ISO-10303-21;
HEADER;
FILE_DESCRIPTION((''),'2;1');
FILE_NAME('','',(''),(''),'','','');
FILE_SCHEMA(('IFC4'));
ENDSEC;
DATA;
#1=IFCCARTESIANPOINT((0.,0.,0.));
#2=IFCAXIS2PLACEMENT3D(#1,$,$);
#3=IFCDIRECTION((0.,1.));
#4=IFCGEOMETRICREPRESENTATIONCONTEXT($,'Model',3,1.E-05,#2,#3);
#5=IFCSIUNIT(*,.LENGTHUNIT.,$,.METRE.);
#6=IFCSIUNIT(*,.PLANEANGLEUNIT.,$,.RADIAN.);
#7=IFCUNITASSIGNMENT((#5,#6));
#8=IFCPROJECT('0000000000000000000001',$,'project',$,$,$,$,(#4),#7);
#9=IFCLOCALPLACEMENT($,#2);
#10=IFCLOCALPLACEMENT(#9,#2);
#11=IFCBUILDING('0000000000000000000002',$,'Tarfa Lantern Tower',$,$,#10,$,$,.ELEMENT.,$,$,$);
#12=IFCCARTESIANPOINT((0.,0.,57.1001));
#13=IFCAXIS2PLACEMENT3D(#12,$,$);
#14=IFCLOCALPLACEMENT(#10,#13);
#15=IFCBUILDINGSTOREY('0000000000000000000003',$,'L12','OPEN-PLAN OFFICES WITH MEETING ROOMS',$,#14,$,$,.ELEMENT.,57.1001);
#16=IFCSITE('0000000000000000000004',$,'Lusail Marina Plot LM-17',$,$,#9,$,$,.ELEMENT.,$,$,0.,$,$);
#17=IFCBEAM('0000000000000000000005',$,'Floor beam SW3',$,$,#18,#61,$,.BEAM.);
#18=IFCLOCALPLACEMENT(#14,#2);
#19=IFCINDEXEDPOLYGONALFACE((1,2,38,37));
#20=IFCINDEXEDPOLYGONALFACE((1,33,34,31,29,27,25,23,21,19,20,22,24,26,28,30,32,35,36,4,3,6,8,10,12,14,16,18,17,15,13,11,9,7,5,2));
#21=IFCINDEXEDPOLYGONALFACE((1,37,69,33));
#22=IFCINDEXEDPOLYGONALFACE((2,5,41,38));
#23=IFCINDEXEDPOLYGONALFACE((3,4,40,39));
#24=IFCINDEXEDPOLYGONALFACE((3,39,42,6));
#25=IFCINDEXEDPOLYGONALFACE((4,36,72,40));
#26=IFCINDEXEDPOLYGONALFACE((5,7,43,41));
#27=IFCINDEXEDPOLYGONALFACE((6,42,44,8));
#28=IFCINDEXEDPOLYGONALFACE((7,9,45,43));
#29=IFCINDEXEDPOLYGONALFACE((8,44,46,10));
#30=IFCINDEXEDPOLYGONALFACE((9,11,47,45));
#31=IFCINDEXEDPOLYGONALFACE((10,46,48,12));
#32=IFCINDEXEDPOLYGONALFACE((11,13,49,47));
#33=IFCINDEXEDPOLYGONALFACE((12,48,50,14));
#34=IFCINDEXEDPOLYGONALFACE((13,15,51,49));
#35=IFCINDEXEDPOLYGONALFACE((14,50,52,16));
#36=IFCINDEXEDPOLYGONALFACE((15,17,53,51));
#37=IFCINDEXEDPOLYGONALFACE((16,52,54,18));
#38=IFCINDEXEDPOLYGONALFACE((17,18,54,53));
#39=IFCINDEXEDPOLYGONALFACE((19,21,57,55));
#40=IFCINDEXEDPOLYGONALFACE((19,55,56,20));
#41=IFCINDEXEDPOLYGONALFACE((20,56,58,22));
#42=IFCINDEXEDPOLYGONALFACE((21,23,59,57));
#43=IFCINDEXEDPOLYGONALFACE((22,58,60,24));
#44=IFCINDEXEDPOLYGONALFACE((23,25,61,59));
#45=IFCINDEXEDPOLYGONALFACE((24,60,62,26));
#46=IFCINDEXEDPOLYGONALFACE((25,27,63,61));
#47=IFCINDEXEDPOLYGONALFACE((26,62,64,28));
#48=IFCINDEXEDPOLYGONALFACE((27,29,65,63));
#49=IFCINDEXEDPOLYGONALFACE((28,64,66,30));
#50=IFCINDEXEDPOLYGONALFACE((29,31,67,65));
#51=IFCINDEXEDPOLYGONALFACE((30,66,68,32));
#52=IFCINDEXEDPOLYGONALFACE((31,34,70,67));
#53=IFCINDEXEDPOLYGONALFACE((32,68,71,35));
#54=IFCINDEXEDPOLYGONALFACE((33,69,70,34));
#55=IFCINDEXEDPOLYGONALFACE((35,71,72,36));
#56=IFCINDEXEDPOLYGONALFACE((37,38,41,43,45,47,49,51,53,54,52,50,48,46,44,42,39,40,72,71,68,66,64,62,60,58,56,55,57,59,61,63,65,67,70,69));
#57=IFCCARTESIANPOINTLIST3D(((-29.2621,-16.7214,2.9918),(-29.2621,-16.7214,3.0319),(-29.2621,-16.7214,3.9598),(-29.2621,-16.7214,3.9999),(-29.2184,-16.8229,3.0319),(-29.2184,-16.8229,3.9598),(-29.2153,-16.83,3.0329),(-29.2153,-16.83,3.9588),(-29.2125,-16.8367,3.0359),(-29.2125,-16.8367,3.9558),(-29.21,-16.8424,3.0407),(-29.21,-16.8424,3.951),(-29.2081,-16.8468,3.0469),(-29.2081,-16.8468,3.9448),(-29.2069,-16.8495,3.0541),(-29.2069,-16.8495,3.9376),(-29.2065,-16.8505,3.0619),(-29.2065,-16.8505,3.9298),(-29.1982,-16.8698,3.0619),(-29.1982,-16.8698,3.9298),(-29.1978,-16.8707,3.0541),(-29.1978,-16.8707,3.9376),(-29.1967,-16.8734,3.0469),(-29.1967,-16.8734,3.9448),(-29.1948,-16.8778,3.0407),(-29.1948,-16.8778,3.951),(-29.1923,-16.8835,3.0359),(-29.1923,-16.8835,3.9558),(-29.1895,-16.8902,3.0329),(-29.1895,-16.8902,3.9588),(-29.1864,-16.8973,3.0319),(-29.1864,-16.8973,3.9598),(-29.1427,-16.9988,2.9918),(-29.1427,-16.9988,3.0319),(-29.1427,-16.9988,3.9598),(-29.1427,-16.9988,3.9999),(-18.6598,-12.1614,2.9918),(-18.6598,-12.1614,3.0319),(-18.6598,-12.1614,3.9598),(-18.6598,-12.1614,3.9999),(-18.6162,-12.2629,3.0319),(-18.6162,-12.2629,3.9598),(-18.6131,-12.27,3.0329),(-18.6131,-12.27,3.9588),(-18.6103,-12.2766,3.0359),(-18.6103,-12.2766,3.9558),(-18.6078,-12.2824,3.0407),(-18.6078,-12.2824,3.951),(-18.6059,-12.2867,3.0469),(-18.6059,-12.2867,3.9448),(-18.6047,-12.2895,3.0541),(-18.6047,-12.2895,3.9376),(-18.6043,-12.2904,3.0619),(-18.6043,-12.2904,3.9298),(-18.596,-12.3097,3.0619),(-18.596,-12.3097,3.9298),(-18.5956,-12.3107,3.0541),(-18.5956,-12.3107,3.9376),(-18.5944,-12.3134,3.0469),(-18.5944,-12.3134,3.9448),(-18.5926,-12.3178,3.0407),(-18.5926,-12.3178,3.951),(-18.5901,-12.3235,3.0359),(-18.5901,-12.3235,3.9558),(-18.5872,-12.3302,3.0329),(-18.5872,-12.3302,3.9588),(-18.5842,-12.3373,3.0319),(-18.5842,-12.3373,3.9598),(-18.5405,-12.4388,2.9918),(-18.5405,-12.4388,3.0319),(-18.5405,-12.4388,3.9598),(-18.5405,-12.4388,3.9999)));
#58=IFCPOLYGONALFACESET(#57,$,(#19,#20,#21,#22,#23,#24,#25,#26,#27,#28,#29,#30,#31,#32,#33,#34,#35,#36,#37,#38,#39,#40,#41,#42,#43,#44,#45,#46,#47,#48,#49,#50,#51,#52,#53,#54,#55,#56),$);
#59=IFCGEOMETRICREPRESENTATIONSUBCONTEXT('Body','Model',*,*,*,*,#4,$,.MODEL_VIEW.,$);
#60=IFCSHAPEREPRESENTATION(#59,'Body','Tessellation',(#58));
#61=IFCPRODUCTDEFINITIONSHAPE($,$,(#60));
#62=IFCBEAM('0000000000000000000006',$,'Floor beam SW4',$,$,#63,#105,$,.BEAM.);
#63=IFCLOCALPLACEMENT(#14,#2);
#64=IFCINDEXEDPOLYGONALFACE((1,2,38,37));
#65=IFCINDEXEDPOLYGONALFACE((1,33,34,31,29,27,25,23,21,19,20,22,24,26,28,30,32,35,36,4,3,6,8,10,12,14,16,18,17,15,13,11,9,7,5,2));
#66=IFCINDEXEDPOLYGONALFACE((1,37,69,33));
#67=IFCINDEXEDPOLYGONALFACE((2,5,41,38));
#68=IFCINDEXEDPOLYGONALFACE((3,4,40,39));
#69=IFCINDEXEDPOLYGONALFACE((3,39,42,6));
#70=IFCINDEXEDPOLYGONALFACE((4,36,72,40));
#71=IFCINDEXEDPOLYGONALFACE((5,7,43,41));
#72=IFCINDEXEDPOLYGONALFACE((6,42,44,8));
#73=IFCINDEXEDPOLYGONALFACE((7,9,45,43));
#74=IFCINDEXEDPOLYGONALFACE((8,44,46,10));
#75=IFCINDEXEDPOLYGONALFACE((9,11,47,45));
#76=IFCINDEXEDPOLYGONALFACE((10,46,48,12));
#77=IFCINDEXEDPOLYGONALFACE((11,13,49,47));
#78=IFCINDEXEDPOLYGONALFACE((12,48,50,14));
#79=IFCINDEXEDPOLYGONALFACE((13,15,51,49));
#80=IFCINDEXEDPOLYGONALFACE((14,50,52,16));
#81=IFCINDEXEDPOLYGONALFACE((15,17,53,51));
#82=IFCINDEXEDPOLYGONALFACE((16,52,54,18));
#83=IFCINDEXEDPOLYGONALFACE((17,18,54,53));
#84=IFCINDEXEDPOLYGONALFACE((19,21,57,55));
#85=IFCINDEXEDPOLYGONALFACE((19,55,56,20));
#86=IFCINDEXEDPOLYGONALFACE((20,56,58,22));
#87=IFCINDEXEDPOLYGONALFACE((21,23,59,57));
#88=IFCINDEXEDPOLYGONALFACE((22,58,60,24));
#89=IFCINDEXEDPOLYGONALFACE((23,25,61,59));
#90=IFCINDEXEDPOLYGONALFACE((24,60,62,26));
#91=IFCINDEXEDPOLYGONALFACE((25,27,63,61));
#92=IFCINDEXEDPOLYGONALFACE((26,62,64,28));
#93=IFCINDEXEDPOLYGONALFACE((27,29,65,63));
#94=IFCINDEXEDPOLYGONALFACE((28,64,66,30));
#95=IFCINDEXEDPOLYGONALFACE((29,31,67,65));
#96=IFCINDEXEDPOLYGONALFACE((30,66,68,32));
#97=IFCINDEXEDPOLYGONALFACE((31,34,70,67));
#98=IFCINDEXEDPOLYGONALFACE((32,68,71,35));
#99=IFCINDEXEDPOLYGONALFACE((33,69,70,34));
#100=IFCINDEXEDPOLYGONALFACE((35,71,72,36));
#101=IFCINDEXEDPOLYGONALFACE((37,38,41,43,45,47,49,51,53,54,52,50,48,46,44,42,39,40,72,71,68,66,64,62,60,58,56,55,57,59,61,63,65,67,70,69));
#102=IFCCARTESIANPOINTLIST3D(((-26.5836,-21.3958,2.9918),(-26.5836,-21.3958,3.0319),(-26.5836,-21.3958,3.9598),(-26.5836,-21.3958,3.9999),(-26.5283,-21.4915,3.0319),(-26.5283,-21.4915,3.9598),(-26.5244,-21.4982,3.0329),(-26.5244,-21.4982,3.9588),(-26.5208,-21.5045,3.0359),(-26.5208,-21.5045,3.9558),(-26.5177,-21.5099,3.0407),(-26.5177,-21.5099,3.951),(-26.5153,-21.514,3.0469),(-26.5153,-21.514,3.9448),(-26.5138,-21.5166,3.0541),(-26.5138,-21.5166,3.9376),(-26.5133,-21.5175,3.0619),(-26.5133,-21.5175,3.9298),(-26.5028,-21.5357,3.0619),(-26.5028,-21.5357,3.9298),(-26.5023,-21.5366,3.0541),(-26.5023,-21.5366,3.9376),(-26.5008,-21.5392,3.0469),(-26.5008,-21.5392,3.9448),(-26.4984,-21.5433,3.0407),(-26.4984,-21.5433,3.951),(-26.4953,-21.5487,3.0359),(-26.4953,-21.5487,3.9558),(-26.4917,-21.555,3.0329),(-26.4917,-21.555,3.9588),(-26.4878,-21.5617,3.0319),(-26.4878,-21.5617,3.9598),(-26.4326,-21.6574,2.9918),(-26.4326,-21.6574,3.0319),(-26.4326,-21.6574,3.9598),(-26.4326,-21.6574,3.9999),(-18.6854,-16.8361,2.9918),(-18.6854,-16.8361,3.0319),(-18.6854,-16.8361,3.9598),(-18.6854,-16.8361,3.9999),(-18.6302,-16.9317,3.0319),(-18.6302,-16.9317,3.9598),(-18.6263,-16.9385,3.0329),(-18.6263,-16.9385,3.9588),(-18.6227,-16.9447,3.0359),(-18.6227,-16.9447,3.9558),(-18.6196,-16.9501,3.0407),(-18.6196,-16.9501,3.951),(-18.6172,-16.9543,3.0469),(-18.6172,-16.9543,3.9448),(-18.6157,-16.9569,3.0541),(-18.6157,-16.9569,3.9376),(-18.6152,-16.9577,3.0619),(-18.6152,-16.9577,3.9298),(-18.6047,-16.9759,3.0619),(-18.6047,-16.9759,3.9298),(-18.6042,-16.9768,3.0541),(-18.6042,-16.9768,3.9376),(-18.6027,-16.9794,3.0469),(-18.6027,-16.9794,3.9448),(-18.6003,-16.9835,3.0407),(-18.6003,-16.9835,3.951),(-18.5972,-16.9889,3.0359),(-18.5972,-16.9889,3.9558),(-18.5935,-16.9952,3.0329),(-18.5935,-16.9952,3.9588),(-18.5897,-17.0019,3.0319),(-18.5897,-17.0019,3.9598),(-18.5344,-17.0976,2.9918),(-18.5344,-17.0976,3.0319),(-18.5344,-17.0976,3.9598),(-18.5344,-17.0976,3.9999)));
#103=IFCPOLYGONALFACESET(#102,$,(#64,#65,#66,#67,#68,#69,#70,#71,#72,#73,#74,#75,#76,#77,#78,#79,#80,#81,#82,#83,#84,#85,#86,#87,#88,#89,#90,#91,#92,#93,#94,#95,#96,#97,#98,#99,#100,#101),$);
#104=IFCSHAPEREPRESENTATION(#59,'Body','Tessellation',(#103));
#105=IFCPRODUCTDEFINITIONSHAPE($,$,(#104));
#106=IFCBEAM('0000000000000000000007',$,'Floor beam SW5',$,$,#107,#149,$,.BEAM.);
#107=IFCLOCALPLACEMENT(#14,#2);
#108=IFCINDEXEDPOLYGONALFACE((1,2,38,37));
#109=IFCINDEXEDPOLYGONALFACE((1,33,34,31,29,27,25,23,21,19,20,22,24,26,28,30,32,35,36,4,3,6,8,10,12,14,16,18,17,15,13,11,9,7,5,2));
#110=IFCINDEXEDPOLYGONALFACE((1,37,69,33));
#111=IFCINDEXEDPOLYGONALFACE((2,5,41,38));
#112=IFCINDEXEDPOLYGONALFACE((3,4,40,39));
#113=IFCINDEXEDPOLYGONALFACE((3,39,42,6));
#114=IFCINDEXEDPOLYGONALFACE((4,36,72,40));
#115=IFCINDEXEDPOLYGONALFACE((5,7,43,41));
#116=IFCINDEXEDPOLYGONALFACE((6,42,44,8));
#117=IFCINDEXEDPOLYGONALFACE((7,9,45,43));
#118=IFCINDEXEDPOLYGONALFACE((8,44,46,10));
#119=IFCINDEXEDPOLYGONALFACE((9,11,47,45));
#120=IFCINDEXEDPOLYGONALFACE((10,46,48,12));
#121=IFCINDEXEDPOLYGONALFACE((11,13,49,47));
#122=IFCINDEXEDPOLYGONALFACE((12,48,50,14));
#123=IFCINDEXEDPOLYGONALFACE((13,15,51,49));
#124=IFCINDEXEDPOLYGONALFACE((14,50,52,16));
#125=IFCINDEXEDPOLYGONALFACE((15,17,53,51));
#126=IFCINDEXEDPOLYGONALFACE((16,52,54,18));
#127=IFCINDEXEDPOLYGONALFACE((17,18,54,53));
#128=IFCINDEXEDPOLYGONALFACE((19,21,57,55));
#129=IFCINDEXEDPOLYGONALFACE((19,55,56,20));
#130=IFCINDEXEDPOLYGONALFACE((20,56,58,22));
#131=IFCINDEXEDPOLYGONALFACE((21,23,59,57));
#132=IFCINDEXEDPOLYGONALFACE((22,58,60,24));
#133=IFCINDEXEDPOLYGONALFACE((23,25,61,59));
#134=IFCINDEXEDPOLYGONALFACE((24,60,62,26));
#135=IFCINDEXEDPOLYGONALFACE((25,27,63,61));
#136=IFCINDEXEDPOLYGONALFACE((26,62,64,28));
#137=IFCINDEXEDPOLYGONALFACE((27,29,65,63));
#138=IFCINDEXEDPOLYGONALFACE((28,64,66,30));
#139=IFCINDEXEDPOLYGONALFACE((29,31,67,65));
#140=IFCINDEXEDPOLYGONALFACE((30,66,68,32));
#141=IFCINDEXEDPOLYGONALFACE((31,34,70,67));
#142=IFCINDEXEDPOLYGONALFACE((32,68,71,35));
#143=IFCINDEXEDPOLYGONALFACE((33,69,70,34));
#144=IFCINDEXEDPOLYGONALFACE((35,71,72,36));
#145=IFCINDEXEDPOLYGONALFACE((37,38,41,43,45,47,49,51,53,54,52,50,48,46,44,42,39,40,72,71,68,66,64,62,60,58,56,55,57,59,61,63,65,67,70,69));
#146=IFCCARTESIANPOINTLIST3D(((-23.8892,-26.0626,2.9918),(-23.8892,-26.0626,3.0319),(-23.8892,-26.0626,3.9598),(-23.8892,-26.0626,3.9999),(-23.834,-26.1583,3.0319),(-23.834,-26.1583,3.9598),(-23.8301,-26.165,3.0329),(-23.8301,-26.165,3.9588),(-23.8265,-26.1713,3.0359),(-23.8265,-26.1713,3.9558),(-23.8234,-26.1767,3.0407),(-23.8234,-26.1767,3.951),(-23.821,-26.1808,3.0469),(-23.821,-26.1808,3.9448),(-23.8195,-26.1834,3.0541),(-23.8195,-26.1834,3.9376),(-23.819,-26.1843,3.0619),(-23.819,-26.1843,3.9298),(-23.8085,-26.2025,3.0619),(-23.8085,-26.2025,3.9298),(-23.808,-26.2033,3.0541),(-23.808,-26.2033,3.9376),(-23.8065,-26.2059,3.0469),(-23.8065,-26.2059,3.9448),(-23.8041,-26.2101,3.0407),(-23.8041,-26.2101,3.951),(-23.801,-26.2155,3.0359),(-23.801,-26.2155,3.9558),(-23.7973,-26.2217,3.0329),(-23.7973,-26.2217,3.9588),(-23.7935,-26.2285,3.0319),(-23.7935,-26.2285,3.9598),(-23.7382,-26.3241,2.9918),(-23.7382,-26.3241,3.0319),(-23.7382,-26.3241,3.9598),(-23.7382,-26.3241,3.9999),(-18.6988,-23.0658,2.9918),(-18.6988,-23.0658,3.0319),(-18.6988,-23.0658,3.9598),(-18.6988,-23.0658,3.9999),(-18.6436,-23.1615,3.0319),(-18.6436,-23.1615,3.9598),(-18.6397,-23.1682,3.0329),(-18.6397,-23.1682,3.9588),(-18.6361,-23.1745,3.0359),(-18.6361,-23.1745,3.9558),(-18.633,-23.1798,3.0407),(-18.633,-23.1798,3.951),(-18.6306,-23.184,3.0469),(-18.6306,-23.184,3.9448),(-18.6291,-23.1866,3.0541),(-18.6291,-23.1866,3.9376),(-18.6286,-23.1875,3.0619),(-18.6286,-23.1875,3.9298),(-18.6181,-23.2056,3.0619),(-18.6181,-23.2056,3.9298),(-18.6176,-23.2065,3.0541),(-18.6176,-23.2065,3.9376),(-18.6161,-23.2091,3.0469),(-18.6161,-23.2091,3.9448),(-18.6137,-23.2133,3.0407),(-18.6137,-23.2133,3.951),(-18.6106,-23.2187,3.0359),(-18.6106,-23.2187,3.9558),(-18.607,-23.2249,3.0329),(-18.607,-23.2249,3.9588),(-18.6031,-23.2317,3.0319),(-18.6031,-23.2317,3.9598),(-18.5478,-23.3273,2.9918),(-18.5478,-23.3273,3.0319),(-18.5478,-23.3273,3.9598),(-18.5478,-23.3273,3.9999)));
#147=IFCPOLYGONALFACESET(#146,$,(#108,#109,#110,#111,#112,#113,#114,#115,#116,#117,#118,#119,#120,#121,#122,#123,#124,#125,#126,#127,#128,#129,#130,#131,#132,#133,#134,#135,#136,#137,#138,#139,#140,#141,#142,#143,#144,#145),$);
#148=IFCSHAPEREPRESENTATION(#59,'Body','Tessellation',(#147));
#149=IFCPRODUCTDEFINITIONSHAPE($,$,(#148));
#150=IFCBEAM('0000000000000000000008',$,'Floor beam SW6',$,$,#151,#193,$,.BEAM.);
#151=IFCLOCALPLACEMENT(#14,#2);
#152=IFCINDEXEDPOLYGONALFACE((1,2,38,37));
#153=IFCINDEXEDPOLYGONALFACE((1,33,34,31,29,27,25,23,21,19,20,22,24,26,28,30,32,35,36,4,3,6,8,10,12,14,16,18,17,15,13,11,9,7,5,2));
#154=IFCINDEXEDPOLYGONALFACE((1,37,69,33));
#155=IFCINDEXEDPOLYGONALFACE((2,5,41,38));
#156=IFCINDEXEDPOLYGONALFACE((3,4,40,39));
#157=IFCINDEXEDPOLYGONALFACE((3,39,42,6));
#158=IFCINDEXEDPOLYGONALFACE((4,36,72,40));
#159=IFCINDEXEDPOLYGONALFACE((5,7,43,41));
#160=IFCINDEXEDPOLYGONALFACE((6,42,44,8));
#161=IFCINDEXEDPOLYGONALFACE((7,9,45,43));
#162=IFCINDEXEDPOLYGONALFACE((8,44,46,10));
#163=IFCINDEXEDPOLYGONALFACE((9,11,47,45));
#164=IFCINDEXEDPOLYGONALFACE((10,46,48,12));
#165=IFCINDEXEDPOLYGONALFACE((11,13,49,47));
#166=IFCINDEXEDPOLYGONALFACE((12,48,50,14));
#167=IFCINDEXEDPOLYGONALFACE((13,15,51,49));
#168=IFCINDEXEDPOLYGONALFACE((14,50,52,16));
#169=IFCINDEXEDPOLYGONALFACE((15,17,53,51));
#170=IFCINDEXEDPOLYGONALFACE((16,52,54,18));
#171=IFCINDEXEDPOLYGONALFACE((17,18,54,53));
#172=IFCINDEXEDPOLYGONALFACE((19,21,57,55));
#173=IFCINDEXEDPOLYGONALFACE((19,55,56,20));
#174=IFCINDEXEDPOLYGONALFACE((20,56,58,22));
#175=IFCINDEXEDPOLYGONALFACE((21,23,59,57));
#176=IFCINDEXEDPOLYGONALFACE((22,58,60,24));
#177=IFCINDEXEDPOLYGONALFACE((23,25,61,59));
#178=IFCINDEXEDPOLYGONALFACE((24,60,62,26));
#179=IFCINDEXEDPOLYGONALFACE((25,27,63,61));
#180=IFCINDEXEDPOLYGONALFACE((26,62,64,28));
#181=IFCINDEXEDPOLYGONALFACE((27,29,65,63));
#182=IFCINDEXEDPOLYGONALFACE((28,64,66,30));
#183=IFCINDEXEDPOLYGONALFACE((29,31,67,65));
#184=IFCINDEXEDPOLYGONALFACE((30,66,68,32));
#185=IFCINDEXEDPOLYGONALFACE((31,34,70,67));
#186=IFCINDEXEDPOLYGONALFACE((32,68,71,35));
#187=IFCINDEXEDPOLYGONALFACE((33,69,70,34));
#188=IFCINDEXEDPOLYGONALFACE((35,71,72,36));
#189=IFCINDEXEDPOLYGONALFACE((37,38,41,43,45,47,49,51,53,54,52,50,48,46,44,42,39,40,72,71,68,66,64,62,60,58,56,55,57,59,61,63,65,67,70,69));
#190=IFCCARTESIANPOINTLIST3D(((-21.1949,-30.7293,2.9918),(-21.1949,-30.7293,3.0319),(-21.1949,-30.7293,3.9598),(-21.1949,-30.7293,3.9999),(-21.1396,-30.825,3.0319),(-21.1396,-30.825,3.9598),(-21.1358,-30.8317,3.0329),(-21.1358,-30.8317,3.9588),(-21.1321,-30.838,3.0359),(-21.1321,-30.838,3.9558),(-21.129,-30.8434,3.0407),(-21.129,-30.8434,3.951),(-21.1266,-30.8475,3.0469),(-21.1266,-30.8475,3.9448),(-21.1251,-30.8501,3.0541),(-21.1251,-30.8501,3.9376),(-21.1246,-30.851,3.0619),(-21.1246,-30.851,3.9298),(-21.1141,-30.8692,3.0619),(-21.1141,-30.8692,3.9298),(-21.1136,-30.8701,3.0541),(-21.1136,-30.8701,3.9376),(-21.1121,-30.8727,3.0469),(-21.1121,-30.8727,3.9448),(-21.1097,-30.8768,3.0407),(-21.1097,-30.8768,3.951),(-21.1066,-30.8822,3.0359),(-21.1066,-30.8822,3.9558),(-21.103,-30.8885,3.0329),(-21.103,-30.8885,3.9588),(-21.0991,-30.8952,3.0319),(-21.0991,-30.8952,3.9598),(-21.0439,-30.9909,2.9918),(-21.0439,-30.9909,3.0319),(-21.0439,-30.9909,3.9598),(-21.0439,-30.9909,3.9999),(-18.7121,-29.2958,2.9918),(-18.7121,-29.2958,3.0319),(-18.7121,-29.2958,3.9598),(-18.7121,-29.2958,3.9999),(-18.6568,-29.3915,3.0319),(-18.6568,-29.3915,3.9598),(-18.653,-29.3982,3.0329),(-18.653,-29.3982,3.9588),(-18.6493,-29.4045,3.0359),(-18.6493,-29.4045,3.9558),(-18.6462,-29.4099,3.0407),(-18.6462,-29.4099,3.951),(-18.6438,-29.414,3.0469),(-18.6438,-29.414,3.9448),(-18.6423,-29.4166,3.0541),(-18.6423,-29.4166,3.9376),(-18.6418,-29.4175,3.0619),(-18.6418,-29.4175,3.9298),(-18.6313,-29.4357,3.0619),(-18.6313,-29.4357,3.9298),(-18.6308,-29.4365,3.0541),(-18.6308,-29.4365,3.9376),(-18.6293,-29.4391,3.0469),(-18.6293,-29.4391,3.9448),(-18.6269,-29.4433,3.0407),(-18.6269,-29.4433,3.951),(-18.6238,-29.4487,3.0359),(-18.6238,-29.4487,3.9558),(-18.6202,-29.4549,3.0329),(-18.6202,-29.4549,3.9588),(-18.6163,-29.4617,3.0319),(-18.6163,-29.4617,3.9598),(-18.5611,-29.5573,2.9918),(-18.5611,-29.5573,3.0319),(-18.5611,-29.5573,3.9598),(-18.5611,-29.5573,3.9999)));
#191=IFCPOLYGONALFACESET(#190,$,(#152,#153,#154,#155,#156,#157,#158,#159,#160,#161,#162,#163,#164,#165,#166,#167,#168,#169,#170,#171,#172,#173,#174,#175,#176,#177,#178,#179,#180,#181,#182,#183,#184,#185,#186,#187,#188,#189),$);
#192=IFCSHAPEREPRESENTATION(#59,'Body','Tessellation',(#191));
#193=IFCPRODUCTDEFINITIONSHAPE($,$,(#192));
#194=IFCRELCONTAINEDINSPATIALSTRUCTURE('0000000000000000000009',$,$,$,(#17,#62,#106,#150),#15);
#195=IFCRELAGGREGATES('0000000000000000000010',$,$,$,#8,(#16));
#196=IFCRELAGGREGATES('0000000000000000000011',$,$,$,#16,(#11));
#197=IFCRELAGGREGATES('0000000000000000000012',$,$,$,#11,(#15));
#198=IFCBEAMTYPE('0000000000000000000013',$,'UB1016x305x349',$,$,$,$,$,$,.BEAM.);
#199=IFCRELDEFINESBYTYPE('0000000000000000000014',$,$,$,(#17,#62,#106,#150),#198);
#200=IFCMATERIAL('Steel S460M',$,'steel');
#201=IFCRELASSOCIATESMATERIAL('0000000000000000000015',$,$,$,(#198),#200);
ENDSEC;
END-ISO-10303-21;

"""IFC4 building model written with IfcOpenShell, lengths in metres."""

from ifc_helpers import new_model, si_unit, direction, frame, origin, origin_2d, place, context, subcontext, project, spatial, i_section, extrude, material, material_profile, profile_set, type_object, element, save


model = new_model("IFC4")

# Units and contexts
model_context = context("Model", 3, precision=1e-05, world=origin(), true_north=direction((0.0, 1.0)))
body_context = subcontext(model_context, "Body", "Model", "MODEL_VIEW")
ifc_project = project(units=[si_unit("LENGTHUNIT", "METRE"), si_unit("PLANEANGLEUNIT", "RADIAN")], contexts=[model_context])

# Site, building, storey
site_placement = place(None, origin())
site = spatial("IfcSite", under=ifc_project, at=site_placement, Name="Lusail Marina Plot LM-17", CompositionType="ELEMENT", RefElevation=0.0)
building_placement = place(site_placement, origin())
building = spatial("IfcBuilding", under=site, at=building_placement, Name="Tarfa Lantern Tower", CompositionType="ELEMENT")
storey_placement = place(building_placement, frame((0.0, 0.0, 57.1001)))
storey = spatial("IfcBuildingStorey", under=building, at=storey_placement, Name="L12", Description="OPEN-PLAN OFFICES WITH MEETING ROOMS", CompositionType="ELEMENT", Elevation=57.1001)

# Beams
ifc_material_1 = material(Name="Steel S460M", Category="steel")
ifc_material_profile_1 = material_profile(ifc_material_1, i_section(OverallWidth=0.302, OverallDepth=1.0081, WebThickness=0.021, FlangeThickness=0.04, FilletRadius=0.03, at=origin_2d()), Name="UB1016x305x349")
ifc_profile_set_1 = profile_set([ifc_material_profile_1], Name="Steel S460M")
beam_type_1 = type_object("IfcBeamType", Name="UB1016x305x349", PredefinedType="BEAM", material=ifc_profile_set_1)
beam_1_placement = place(storey_placement, frame((-29.2024, -16.8601, 3.4958), z_axis=(0.918635, 0.395106, 0.0), x_axis=(-0.395106, 0.918635, 0.0)))
element("IfcBeam", 1, at=beam_1_placement, inside=storey, type_object=beam_type_1, Name="Floor beam SW3", PredefinedType="BEAM", context=body_context, shape_type="SweptSolid", body=[
    extrude(i_section(OverallWidth=0.302, OverallDepth=1.0081, WebThickness=0.021, FlangeThickness=0.04, FilletRadius=0.03, at=origin_2d()), origin(), (0.0, 0.0, 1.0), 11.5413),
])
beam_2_placement = place(storey_placement, frame((-26.5081, -21.5266, 3.4958), z_axis=(0.866035, 0.499983, 0.0), x_axis=(-0.499983, 0.866035, 0.0)))
element("IfcBeam", 2, at=beam_2_placement, inside=storey, type_object=beam_type_1, Name="Floor beam SW4", PredefinedType="BEAM", context=body_context, shape_type="SweptSolid", body=[
    extrude(i_section(OverallWidth=0.302, OverallDepth=1.0081, WebThickness=0.021, FlangeThickness=0.04, FilletRadius=0.03, at=origin_2d()), origin(), (0.0, 0.0, 1.0), 9.1199),
])
beam_3_placement = place(storey_placement, frame((-23.8137, -26.1934, 3.4958), z_axis=(0.866016, 0.500016, 0.0), x_axis=(-0.500016, 0.866016, 0.0)))
element("IfcBeam", 3, at=beam_3_placement, inside=storey, type_object=beam_type_1, Name="Floor beam SW5", PredefinedType="BEAM", context=body_context, shape_type="SweptSolid", body=[
    extrude(i_section(OverallWidth=0.302, OverallDepth=1.0081, WebThickness=0.021, FlangeThickness=0.04, FilletRadius=0.03, at=origin_2d()), origin(), (0.0, 0.0, 1.0), 5.9934),
])
beam_4_placement = place(storey_placement, frame((-21.1194, -30.8601, 3.4958), z_axis=(0.866013, 0.500022, 0.0), x_axis=(-0.500022, 0.866013, 0.0)))
element("IfcBeam", 4, at=beam_4_placement, inside=storey, type_object=beam_type_1, Name="Floor beam SW6", PredefinedType="BEAM", context=body_context, shape_type="SweptSolid", body=[
    extrude(i_section(OverallWidth=0.302, OverallDepth=1.0081, WebThickness=0.021, FlangeThickness=0.04, FilletRadius=0.03, at=origin_2d()), origin(), (0.0, 0.0, 1.0), 2.8669),
])

save(model, "model.ifc")
